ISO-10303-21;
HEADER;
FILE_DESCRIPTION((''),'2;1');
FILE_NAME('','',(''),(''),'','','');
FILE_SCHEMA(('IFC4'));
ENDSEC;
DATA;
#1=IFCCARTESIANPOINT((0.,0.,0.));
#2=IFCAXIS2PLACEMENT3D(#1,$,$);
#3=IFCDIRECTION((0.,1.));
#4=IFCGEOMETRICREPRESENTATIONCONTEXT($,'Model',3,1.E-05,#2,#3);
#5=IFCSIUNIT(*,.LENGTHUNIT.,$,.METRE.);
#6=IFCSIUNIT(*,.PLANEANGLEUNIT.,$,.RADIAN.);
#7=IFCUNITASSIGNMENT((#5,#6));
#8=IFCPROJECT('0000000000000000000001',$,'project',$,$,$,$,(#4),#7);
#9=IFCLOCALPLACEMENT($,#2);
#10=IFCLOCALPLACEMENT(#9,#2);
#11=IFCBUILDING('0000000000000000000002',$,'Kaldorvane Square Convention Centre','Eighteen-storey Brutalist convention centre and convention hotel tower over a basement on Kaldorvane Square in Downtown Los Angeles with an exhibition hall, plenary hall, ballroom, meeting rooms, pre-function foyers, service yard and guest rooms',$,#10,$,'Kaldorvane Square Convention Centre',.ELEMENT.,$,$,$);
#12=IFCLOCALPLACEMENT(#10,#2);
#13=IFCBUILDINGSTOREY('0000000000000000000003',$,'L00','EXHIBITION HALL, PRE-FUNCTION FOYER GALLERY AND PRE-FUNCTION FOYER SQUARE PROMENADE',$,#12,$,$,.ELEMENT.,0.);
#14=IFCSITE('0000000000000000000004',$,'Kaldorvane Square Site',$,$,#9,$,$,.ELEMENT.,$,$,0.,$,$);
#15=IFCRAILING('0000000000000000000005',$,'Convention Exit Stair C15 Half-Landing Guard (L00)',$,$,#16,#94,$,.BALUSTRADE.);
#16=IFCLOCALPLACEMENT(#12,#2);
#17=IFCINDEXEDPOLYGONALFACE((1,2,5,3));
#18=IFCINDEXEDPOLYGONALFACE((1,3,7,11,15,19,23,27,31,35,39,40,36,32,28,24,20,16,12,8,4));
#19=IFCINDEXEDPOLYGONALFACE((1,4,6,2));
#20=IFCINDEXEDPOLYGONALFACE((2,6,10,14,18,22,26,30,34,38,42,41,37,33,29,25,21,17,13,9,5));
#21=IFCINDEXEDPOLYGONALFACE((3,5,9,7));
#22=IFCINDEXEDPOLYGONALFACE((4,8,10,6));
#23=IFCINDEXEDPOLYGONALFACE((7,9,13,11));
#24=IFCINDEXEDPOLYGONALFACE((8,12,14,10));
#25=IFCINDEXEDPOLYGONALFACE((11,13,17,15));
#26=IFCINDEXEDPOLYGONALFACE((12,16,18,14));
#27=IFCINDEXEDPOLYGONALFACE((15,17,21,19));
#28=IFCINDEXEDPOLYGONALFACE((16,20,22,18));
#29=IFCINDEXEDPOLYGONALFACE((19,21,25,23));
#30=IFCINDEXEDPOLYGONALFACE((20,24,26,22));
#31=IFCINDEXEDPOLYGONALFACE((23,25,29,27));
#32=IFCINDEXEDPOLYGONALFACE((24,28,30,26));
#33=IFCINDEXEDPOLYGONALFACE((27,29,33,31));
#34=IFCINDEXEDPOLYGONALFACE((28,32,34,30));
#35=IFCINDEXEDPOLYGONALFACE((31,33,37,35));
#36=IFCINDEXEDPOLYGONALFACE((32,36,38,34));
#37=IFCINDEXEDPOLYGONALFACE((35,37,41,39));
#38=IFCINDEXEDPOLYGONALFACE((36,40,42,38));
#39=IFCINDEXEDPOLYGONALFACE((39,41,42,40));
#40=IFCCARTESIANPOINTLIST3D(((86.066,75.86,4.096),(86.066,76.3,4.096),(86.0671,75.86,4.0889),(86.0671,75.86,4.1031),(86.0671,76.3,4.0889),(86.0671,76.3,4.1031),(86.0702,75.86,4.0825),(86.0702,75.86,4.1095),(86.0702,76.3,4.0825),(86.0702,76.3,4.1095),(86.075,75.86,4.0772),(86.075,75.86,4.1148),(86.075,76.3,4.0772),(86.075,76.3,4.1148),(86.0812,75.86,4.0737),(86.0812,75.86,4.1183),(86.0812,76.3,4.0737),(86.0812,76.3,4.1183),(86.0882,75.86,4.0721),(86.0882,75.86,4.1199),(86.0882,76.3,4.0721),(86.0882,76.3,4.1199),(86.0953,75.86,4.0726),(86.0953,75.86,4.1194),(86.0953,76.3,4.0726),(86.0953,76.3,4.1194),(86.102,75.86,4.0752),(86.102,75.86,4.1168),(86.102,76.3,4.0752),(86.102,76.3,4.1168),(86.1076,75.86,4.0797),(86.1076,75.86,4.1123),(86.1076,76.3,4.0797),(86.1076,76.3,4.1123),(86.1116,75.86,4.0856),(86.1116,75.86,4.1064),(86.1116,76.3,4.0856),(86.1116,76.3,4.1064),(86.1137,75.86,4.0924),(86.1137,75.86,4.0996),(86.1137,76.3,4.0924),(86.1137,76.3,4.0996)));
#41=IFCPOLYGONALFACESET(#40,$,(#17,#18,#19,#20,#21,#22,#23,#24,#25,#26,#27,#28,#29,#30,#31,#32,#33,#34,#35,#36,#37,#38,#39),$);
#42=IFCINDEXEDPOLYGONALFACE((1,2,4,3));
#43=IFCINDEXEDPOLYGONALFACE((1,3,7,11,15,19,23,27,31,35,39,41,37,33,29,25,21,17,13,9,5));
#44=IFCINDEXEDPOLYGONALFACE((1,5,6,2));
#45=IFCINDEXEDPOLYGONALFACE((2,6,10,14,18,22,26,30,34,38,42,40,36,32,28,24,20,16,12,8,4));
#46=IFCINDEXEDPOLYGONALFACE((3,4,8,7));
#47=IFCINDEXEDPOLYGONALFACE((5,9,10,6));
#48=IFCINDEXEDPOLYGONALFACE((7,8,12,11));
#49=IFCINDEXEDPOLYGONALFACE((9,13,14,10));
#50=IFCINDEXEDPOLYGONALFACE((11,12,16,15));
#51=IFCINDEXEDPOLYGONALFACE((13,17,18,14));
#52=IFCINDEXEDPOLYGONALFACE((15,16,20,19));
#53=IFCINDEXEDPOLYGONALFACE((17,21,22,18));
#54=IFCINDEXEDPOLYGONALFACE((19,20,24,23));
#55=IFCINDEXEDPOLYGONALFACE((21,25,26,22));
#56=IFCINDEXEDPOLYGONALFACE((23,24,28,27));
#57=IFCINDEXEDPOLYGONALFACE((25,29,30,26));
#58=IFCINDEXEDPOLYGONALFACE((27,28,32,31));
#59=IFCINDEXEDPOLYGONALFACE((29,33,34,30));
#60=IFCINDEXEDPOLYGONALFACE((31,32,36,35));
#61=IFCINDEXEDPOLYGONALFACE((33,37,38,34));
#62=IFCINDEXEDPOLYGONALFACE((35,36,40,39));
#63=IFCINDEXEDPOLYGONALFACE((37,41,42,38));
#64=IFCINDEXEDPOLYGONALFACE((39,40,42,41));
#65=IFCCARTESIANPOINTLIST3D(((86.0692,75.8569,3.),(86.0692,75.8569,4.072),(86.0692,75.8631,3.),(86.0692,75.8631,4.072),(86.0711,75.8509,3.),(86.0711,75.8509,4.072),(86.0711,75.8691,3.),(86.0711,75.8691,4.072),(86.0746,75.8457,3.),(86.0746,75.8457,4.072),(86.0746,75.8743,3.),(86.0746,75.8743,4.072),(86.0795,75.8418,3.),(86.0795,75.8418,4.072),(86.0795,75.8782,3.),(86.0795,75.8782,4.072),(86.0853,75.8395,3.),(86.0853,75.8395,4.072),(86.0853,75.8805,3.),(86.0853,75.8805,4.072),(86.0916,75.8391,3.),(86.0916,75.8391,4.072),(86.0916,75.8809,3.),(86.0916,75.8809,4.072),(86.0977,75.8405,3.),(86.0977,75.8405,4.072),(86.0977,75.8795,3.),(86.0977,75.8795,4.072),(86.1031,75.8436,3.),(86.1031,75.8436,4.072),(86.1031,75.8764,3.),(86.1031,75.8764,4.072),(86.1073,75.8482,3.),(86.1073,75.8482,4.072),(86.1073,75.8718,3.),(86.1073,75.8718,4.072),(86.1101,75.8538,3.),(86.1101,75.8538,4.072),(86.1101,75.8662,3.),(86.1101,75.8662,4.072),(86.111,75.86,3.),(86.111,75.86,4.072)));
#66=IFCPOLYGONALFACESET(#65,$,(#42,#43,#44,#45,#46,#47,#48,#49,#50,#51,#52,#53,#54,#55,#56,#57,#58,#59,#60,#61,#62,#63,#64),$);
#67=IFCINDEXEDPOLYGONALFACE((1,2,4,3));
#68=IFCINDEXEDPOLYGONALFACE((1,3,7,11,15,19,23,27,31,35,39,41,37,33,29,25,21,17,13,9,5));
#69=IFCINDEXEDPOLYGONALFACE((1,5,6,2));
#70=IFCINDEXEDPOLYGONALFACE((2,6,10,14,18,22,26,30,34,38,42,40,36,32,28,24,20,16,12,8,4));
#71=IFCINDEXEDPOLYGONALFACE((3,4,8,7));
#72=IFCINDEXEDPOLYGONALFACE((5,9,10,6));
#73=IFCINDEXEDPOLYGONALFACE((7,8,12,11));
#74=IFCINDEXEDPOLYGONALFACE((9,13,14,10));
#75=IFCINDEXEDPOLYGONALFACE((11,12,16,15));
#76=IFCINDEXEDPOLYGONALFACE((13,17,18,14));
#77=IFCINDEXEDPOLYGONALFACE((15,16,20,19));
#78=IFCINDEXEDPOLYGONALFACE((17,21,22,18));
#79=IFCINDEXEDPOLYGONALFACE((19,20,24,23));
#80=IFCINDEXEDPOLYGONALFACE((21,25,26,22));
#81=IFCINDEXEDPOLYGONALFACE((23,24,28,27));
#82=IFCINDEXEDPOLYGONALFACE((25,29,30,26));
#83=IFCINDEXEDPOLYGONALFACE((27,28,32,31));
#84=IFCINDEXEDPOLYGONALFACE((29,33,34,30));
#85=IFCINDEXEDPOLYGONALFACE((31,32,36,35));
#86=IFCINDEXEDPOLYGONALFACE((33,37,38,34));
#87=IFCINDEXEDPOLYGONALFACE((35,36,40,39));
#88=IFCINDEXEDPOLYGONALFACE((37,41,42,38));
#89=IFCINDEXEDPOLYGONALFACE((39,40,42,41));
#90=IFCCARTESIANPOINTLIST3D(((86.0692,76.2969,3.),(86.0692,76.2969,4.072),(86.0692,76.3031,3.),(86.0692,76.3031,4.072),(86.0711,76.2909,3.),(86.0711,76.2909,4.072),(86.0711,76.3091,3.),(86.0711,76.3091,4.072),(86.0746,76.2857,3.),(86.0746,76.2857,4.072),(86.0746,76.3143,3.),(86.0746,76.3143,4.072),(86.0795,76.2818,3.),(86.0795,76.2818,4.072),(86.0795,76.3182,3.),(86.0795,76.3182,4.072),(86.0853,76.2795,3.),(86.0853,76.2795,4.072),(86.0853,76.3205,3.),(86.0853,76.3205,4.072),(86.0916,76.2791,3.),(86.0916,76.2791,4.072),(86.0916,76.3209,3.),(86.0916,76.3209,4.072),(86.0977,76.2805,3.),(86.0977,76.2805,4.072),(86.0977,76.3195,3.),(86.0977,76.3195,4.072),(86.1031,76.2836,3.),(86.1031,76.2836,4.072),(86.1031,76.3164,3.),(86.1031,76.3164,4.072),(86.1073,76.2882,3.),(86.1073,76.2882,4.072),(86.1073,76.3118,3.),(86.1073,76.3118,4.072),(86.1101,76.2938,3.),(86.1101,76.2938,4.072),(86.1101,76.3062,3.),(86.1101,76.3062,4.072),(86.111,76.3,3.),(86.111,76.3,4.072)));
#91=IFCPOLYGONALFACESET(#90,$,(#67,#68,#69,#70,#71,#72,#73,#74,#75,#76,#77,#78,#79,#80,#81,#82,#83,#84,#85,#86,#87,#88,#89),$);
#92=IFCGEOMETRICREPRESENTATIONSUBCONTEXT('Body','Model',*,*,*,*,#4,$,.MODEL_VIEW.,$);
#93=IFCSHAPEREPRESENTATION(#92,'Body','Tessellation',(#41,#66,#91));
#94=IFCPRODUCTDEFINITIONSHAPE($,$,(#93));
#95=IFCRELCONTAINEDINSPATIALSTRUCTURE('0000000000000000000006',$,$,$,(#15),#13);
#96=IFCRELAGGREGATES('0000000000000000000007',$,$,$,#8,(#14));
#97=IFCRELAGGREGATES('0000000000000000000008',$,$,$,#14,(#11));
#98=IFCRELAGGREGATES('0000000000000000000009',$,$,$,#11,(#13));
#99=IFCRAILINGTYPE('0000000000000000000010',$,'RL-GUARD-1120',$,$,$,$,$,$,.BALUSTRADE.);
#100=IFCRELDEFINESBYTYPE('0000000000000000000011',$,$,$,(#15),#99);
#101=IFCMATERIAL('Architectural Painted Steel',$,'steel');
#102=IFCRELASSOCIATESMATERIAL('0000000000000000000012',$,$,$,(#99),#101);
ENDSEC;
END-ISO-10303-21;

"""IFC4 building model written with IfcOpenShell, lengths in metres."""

from ifc_helpers import new_model, si_unit, direction, frame, origin, origin_2d, place, context, subcontext, project, spatial, circle, extrude, material, type_object, element, save


model = new_model("IFC4")

# Units and contexts
model_context = context("Model", 3, precision=1e-05, world=origin(), true_north=direction((0.0, 1.0)))
body_context = subcontext(model_context, "Body", "Model", "MODEL_VIEW")
ifc_project = project(units=[si_unit("LENGTHUNIT", "METRE"), si_unit("PLANEANGLEUNIT", "RADIAN")], contexts=[model_context])

# Site, building, storey
site_placement = place(None, origin())
site = spatial("IfcSite", under=ifc_project, at=site_placement, Name="Kaldorvane Square Site", CompositionType="ELEMENT", RefElevation=0.0)
building_placement = place(site_placement, origin())
building = spatial("IfcBuilding", under=site, at=building_placement, Name="Kaldorvane Square Convention Centre", Description="Eighteen-storey Brutalist convention centre and convention hotel tower over a basement on Kaldorvane Square in Downtown Los Angeles with an exhibition hall, plenary hall, ballroom, meeting rooms, pre-function foyers, service yard and guest rooms", LongName="Kaldorvane Square Convention Centre", CompositionType="ELEMENT")
storey_placement = place(building_placement, origin())
storey = spatial("IfcBuildingStorey", under=building, at=storey_placement, Name="L00", Description="EXHIBITION HALL, PRE-FUNCTION FOYER GALLERY AND PRE-FUNCTION FOYER SQUARE PROMENADE", CompositionType="ELEMENT", Elevation=0.0)

# Railing
ifc_material_1 = material(Name="Architectural Painted Steel", Category="steel")
railing_type_1 = type_object("IfcRailingType", Name="RL-GUARD-1120", PredefinedType="BALUSTRADE", material=ifc_material_1)
railing_1_placement = place(storey_placement, frame((86.09, 75.86, 3.0)))
element("IfcRailing", 1, at=railing_1_placement, inside=storey, type_object=railing_type_1, Name="Convention Exit Stair C15 Half-Landing Guard (L00)", PredefinedType="BALUSTRADE", context=body_context, shape_type="SweptSolid", body=[
    extrude(circle(Radius=0.024, at=origin_2d()), frame((0.0, 0.0, 1.096), z_axis=(0.0, 1.0, 0.0), x_axis=(-1.0, 0.0, 0.0)), (0.0, 0.0, 1.0), 0.44),
    extrude(circle(Radius=0.021, at=origin_2d()), origin(), (0.0, 0.0, 1.0), 1.072),
    extrude(circle(Radius=0.021, at=origin_2d()), frame((0.0, 0.44, 0.0)), (0.0, 0.0, 1.0), 1.072),
])

save(model, "model.ifc")
